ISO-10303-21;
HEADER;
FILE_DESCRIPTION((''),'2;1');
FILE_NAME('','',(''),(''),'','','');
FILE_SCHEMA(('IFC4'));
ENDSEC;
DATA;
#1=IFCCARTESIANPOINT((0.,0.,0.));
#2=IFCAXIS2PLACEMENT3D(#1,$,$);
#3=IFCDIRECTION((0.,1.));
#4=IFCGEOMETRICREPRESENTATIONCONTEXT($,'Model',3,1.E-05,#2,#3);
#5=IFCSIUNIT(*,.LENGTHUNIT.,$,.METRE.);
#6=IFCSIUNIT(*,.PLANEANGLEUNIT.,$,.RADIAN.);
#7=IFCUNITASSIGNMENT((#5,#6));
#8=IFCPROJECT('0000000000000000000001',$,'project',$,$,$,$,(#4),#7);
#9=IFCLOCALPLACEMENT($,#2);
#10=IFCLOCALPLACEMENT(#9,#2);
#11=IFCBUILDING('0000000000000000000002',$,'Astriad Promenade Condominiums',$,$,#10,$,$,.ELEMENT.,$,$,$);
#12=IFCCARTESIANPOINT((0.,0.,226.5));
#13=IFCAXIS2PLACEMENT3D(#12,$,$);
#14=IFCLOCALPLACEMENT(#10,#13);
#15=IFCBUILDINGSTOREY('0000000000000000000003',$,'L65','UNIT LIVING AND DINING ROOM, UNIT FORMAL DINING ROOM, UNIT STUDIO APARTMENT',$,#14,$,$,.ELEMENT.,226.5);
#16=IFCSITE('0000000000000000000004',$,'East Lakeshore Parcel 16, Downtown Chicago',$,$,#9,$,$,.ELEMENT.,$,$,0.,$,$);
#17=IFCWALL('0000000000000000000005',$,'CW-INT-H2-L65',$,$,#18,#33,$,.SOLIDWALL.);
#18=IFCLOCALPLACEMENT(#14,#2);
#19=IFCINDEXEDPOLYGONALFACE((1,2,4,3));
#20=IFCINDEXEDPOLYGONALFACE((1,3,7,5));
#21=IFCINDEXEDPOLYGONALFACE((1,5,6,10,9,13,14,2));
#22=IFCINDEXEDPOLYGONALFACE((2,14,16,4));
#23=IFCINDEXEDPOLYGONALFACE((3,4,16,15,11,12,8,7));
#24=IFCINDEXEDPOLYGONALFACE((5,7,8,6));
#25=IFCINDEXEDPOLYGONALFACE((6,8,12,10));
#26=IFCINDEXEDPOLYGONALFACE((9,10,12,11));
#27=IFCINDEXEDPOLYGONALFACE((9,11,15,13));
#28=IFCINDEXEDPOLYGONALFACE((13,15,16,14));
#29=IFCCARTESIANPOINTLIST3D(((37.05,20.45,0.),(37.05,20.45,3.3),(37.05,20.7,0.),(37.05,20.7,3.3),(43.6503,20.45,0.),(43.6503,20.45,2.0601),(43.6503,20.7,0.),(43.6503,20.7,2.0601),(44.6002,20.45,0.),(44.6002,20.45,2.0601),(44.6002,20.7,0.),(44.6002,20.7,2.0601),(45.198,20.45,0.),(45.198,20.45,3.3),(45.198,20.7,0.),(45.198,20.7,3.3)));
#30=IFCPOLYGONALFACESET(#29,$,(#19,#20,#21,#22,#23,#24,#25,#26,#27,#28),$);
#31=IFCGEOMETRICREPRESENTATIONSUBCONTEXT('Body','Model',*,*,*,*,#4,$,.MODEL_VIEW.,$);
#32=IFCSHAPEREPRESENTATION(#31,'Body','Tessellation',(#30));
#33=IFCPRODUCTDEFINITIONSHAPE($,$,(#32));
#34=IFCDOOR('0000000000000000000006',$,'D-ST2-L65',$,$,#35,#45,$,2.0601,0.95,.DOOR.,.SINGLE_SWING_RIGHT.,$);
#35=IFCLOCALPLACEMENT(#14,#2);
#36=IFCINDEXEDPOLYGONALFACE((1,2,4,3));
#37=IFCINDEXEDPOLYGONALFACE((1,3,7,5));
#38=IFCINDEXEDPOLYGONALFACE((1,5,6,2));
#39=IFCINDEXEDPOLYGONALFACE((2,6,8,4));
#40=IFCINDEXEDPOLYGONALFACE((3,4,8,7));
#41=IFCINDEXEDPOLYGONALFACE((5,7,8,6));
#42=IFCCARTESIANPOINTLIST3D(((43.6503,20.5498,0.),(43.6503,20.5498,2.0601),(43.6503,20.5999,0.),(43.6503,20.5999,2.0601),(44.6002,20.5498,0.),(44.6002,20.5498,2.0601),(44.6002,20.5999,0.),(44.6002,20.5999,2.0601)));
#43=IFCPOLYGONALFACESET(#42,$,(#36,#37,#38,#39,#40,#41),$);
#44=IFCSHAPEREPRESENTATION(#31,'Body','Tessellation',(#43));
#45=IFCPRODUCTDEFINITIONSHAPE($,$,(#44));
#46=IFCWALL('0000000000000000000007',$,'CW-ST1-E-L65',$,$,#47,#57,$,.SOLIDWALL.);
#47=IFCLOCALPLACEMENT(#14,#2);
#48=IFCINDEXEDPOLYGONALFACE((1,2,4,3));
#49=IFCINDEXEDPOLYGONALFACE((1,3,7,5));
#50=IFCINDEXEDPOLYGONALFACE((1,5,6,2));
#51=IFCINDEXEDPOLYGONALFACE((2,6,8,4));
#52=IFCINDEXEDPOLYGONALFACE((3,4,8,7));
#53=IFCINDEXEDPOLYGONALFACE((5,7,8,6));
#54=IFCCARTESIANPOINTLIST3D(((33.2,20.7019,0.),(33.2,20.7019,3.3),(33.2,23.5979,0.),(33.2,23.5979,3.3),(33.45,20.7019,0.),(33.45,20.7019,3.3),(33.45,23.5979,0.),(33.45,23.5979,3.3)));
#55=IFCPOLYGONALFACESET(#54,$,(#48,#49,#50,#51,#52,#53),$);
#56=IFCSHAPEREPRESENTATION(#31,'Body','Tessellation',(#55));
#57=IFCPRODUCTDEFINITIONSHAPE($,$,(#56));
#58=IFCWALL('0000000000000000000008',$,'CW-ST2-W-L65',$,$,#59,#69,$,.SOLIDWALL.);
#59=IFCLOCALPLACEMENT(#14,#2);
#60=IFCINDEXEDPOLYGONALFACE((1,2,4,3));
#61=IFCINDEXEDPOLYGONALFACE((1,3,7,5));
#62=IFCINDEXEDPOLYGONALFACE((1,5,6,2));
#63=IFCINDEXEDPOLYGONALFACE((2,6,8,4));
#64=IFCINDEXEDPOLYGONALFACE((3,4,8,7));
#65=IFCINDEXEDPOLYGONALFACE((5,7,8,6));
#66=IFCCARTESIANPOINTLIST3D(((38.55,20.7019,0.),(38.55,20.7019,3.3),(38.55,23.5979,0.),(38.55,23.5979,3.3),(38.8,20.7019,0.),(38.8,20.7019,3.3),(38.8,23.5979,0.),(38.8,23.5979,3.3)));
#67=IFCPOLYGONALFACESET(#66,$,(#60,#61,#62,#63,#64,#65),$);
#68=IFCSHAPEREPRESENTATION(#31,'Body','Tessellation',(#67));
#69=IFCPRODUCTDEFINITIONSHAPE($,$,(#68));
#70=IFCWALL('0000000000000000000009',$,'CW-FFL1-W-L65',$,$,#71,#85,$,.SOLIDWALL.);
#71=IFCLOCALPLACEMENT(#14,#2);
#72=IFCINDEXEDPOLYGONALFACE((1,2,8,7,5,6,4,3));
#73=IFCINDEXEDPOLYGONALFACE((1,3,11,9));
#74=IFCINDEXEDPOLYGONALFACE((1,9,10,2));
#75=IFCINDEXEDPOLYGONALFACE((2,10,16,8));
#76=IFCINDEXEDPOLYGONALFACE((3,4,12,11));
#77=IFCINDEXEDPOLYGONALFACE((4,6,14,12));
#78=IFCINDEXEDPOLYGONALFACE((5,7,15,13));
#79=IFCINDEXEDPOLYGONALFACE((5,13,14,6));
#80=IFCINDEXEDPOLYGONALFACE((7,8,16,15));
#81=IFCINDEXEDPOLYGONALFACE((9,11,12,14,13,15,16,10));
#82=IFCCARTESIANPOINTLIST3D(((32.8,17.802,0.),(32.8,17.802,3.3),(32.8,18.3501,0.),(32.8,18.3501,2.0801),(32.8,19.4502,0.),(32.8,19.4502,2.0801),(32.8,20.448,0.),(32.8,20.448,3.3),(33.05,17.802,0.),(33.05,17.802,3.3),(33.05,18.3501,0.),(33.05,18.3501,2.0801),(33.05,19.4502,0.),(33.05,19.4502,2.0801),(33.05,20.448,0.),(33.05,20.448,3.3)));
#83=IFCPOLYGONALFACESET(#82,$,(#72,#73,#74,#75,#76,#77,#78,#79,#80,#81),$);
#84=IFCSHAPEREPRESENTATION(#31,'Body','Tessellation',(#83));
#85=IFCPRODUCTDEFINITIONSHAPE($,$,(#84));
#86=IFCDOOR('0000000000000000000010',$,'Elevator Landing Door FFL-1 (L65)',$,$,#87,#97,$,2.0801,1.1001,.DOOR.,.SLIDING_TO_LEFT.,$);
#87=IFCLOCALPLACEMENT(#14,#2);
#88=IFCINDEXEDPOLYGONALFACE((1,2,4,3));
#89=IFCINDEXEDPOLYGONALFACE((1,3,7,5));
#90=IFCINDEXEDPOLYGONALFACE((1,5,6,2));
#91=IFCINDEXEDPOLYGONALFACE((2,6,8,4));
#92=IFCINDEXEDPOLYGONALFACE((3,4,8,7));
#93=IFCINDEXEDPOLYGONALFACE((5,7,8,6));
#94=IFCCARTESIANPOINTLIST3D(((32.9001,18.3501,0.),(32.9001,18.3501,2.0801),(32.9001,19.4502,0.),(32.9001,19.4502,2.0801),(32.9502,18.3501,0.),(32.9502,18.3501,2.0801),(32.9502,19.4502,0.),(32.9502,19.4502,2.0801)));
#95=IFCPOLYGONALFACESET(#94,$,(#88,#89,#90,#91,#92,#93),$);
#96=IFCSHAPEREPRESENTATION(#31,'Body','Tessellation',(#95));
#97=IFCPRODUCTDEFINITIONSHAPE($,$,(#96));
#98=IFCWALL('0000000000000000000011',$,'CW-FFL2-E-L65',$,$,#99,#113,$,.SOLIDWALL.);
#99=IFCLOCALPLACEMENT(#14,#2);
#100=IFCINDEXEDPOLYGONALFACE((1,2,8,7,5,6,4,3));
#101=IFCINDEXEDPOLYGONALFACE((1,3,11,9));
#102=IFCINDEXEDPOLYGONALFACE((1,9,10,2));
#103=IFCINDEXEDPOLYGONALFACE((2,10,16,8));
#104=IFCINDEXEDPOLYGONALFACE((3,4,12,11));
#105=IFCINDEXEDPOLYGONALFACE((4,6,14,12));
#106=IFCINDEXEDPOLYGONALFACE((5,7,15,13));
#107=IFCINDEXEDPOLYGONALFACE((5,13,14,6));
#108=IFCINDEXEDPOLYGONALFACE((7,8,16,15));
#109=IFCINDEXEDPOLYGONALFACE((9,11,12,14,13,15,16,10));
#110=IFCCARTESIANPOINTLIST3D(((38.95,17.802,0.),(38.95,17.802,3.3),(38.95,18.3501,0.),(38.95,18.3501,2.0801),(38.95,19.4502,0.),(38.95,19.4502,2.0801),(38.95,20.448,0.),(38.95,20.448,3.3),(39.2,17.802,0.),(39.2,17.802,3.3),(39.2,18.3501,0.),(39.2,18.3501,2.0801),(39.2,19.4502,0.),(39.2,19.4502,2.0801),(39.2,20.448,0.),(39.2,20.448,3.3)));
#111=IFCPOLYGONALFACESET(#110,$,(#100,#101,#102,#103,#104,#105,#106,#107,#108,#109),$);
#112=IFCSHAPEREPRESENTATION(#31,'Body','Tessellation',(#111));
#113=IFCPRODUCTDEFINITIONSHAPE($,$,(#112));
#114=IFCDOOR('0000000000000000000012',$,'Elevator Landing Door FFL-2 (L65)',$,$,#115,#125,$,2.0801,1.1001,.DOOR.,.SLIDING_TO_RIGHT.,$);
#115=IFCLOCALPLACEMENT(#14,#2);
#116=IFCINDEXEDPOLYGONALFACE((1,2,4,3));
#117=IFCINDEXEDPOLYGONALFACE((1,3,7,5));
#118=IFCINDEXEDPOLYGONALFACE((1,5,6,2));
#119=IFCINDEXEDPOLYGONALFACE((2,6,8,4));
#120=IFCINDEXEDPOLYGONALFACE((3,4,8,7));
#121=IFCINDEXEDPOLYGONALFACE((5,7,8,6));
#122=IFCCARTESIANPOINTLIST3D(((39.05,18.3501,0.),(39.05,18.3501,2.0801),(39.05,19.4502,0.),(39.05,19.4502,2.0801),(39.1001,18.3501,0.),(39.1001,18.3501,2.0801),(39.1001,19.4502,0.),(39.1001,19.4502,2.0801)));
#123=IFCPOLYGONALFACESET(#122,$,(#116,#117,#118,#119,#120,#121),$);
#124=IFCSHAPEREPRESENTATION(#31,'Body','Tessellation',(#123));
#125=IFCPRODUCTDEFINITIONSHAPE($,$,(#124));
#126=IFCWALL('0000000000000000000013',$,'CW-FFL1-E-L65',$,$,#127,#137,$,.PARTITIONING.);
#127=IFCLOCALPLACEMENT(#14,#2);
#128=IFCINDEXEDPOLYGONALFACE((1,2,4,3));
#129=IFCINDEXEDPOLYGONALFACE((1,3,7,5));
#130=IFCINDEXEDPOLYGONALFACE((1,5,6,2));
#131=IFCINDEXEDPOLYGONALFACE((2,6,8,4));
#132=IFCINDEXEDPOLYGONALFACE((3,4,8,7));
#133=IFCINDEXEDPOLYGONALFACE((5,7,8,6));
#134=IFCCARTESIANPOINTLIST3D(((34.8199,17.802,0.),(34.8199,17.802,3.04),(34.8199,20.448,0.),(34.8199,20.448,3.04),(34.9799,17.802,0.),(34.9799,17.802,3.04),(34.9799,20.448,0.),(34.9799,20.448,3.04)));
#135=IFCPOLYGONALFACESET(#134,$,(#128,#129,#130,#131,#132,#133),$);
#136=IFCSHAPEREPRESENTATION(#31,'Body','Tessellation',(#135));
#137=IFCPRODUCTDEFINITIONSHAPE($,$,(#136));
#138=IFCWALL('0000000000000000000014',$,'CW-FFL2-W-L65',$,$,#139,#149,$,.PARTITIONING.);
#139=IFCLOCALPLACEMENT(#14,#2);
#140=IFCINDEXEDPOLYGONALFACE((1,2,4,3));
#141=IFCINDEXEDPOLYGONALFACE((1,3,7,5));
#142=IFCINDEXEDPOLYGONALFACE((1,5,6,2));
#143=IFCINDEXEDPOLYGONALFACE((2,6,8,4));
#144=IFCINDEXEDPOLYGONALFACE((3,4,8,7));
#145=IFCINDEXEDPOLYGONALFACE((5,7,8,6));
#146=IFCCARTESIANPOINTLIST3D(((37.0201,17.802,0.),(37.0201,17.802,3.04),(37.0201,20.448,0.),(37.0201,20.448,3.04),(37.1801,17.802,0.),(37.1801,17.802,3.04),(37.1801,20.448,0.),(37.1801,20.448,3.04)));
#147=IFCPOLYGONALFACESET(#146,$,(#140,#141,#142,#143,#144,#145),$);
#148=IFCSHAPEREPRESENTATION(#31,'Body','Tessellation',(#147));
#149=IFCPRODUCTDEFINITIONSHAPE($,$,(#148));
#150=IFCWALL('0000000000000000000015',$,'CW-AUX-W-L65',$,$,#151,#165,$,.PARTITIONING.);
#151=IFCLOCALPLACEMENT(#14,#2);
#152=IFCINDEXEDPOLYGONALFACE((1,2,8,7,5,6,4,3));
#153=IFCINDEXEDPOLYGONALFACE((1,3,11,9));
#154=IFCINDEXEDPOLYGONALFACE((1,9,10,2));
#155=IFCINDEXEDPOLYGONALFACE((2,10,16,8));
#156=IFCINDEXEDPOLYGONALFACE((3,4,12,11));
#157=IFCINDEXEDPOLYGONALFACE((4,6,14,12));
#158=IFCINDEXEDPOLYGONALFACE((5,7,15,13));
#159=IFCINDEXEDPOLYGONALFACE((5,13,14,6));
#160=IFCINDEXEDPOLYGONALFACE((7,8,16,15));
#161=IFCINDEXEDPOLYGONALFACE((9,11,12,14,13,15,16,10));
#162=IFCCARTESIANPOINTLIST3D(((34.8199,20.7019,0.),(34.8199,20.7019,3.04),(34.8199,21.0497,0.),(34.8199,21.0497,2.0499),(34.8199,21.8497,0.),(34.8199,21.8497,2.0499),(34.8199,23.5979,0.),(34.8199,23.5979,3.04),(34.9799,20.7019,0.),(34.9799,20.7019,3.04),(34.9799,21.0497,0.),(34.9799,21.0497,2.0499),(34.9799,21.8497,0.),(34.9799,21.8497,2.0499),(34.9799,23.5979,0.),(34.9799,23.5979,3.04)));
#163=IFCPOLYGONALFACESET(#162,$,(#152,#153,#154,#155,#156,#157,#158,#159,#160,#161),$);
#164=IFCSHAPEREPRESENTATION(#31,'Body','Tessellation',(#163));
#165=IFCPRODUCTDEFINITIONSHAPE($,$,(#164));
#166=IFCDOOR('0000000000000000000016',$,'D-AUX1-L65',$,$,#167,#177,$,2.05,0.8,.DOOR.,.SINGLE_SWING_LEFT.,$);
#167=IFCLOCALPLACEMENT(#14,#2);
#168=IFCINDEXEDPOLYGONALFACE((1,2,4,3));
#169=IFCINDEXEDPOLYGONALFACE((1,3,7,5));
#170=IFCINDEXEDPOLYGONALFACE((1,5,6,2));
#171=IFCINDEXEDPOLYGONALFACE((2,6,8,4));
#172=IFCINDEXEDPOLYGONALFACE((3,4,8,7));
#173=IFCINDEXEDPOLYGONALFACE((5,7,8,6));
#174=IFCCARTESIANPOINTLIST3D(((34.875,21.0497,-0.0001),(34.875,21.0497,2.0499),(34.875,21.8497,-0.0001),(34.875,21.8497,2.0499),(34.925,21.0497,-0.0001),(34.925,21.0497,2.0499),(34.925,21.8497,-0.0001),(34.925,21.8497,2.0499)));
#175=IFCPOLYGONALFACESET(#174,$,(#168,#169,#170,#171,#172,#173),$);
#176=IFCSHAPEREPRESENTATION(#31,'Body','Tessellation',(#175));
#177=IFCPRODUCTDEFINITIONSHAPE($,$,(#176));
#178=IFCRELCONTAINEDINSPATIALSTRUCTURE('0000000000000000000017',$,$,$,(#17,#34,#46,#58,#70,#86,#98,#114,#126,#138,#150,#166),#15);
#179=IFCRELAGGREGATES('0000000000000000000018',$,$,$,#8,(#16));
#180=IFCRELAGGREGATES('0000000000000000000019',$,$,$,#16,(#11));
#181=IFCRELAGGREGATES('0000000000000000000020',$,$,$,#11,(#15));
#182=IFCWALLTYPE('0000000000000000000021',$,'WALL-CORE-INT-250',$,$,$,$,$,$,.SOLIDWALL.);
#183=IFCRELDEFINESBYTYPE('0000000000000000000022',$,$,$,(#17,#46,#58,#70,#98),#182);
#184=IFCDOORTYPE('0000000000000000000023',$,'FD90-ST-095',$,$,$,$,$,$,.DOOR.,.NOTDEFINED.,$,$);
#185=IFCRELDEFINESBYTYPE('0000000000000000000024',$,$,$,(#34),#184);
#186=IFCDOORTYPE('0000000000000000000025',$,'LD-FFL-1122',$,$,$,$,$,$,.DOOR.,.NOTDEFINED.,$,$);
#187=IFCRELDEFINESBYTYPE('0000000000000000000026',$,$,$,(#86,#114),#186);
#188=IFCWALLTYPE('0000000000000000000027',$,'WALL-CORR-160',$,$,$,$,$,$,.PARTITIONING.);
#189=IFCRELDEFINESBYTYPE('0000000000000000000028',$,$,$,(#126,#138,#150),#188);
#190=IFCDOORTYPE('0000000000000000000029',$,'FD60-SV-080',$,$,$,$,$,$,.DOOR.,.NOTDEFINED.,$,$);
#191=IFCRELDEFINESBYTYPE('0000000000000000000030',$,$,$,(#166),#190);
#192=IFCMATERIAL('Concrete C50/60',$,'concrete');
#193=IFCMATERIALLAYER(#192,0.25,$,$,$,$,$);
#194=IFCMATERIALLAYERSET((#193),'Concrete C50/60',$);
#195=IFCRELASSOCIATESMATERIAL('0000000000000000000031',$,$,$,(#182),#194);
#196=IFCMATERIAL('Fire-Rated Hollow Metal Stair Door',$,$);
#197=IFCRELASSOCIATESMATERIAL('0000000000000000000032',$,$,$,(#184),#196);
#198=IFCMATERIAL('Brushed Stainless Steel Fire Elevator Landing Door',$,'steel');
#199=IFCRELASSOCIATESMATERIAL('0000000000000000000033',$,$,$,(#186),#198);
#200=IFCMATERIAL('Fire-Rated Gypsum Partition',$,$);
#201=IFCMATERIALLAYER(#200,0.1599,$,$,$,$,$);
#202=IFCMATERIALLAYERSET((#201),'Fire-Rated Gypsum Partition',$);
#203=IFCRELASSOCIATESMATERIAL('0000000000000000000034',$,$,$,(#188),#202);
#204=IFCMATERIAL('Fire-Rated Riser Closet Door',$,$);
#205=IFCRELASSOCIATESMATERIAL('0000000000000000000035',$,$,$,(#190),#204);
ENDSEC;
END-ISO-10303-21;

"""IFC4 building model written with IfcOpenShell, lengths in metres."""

from ifc_helpers import new_model, si_unit, direction, frame, frame_2d, origin, place, context, subcontext, project, spatial, rectangle, extrude, source, transform, mapped, material, layer, layer_set, type_object, type_shapes, element, fill, save


model = new_model("IFC4")

# Units and contexts
model_context = context("Model", 3, precision=1e-05, world=origin(), true_north=direction((0.0, 1.0)))
body_context = subcontext(model_context, "Body", "Model", "MODEL_VIEW")
ifc_project = project(units=[si_unit("LENGTHUNIT", "METRE"), si_unit("PLANEANGLEUNIT", "RADIAN")], contexts=[model_context])

# Site, building, storey
site_placement = place(None, origin())
site = spatial("IfcSite", under=ifc_project, at=site_placement, Name="East Lakeshore Parcel 16, Downtown Chicago", CompositionType="ELEMENT", RefElevation=0.0)
building_placement = place(site_placement, origin())
building = spatial("IfcBuilding", under=site, at=building_placement, Name="Astriad Promenade Condominiums", CompositionType="ELEMENT")
storey_placement = place(building_placement, frame((0.0, 0.0, 226.5)))
storey = spatial("IfcBuildingStorey", under=building, at=storey_placement, Name="L65", Description="UNIT LIVING AND DINING ROOM, UNIT FORMAL DINING ROOM, UNIT STUDIO APARTMENT", CompositionType="ELEMENT", Elevation=226.5)

# Wall, opening, door
ifc_material_1 = material(Name="Concrete C50/60", Category="concrete")
ifc_layer_1 = layer(ifc_material_1, 0.25)
ifc_layer_set_1 = layer_set([ifc_layer_1], Name="Concrete C50/60")
wall_type_1 = type_object("IfcWallType", Name="WALL-CORE-INT-250", PredefinedType="SOLIDWALL", material=ifc_layer_set_1)
wall_1_placement = place(storey_placement, frame((37.05, 20.575, 0.0), z_axis=(0.0, 0.0, 1.0), x_axis=(1.0, 0.0, 0.0)))
wall_1 = element("IfcWall", 1, at=wall_1_placement, inside=storey, type_object=wall_type_1, Name="CW-INT-H2-L65", PredefinedType="SOLIDWALL", context=body_context, shape_type="SweptSolid", body=[
    extrude(rectangle(XDim=8.1479, YDim=0.25, at=frame_2d((4.074, 0.0))), origin(), (0.0, 0.0, 1.0), 3.3),
])
opening_1_placement = place(wall_1_placement, frame((6.6001, 0.0, 0.0)))
opening_1 = element("IfcOpeningElement", 2, at=opening_1_placement, cuts=wall_1, PredefinedType="OPENING", context=body_context, shape_type="SweptSolid", body=[
    extrude(rectangle(XDim=0.95, YDim=2.0601, at=frame_2d((0.4751, 1.03))), frame((0.0, 0.135, 0.0), z_axis=(0.0, -1.0, 0.0), x_axis=(1.0, 0.0, 0.0)), (0.0, 0.0, 1.0), 0.27),
])
ifc_material_2 = material(Name="Fire-Rated Hollow Metal Stair Door")
door_type_1 = type_object("IfcDoorType", Name="FD90-ST-095", OperationType="NOTDEFINED", PredefinedType="DOOR", material=ifc_material_2)
shared_shape_1 = source(origin(), body_context, "Body", "SweptSolid", [
    extrude(rectangle(XDim=0.95, YDim=2.0601, at=frame_2d((0.4751, 1.03))), frame((0.0, 0.0249, 0.0), z_axis=(0.0, -1.0, 0.0), x_axis=(1.0, 0.0, 0.0)), (0.0, 0.0, 1.0), 0.05),
])
type_shapes(door_type_1, [shared_shape_1])
door_1_placement = place(opening_1_placement, origin())
door_1 = element("IfcDoor", 3, at=door_1_placement, inside=storey, type_object=door_type_1, Name="D-ST2-L65", OperationType="SINGLE_SWING_RIGHT", OverallHeight=2.0601, OverallWidth=0.95, PredefinedType="DOOR", context=body_context, shape_type="MappedRepresentation", body=[
    mapped(shared_shape_1, transform((0.0, 0.0, 0.0), scale=1.0)),
])
fill(opening_1, door_1)

# Walls
for number, where, z_axis, x_axis, name in (
    (4, (33.325, 20.7019, 0.0), (0.0, 0.0, 1.0), (0.0, 1.0, 0.0), "CW-ST1-E-L65"),
    (5, (38.675, 20.7019, 0.0), (0.0, 0.0, 1.0), (0.0, 1.0, 0.0), "CW-ST2-W-L65"),
):
    element("IfcWall", number, at=place(storey_placement, frame(where, z_axis=z_axis, x_axis=x_axis)), inside=storey, type_object=wall_type_1, Name=name, PredefinedType="SOLIDWALL", context=body_context, shape_type="SweptSolid", body=[
        extrude(rectangle(XDim=2.896, YDim=0.25, at=frame_2d((1.448, 0.0))), origin(), (0.0, 0.0, 1.0), 3.3),
    ])

# Walls, openings, doors
wall_2_placement = place(storey_placement, frame((32.925, 17.802, 0.0), z_axis=(0.0, 0.0, 1.0), x_axis=(0.0, 1.0, 0.0)))
wall_2 = element("IfcWall", 6, at=wall_2_placement, inside=storey, type_object=wall_type_1, Name="CW-FFL1-W-L65", PredefinedType="SOLIDWALL", context=body_context, shape_type="SweptSolid", body=[
    extrude(rectangle(XDim=2.646, YDim=0.25, at=frame_2d((1.323, 0.0))), origin(), (0.0, 0.0, 1.0), 3.3),
])
opening_2_placement = place(wall_2_placement, frame((0.5481, 0.0, 0.0)))
opening_2 = element("IfcOpeningElement", 7, at=opening_2_placement, cuts=wall_2, PredefinedType="OPENING", context=body_context, shape_type="SweptSolid", body=[
    extrude(rectangle(XDim=1.1001, YDim=2.0801, at=frame_2d((0.55, 1.04))), frame((0.0, 0.135, 0.0), z_axis=(0.0, -1.0, 0.0), x_axis=(1.0, 0.0, 0.0)), (0.0, 0.0, 1.0), 0.27),
])
ifc_material_3 = material(Name="Brushed Stainless Steel Fire Elevator Landing Door", Category="steel")
door_type_2 = type_object("IfcDoorType", Name="LD-FFL-1122", OperationType="NOTDEFINED", PredefinedType="DOOR", material=ifc_material_3)
shared_shape_2 = source(origin(), body_context, "Body", "SweptSolid", [
    extrude(rectangle(XDim=1.1001, YDim=2.0801, at=frame_2d((0.55, 1.04))), frame((0.0, 0.0249, 0.0), z_axis=(0.0, -1.0, 0.0), x_axis=(1.0, 0.0, 0.0)), (0.0, 0.0, 1.0), 0.05),
])
type_shapes(door_type_2, [shared_shape_2])
door_2_placement = place(opening_2_placement, origin())
door_2 = element("IfcDoor", 8, at=door_2_placement, inside=storey, type_object=door_type_2, Name="Elevator Landing Door FFL-1 (L65)", OperationType="SLIDING_TO_LEFT", OverallHeight=2.0801, OverallWidth=1.1001, PredefinedType="DOOR", context=body_context, shape_type="MappedRepresentation", body=[
    mapped(shared_shape_2, transform((0.0, 0.0, 0.0), scale=1.0)),
])
fill(opening_2, door_2)
wall_3_placement = place(storey_placement, frame((39.075, 17.802, 0.0), z_axis=(0.0, 0.0, 1.0), x_axis=(0.0, 1.0, 0.0)))
wall_3 = element("IfcWall", 9, at=wall_3_placement, inside=storey, type_object=wall_type_1, Name="CW-FFL2-E-L65", PredefinedType="SOLIDWALL", context=body_context, shape_type="SweptSolid", body=[
    extrude(rectangle(XDim=2.646, YDim=0.25, at=frame_2d((1.323, 0.0))), origin(), (0.0, 0.0, 1.0), 3.3),
])
opening_3_placement = place(wall_3_placement, frame((0.5481, 0.0, 0.0)))
opening_3 = element("IfcOpeningElement", 10, at=opening_3_placement, cuts=wall_3, PredefinedType="OPENING", context=body_context, shape_type="SweptSolid", body=[
    extrude(rectangle(XDim=1.1001, YDim=2.0801, at=frame_2d((0.55, 1.04))), frame((0.0, 0.135, 0.0), z_axis=(0.0, -1.0, 0.0), x_axis=(1.0, 0.0, 0.0)), (0.0, 0.0, 1.0), 0.27),
])
door_3_placement = place(opening_3_placement, origin())
door_3 = element("IfcDoor", 11, at=door_3_placement, inside=storey, type_object=door_type_2, Name="Elevator Landing Door FFL-2 (L65)", OperationType="SLIDING_TO_RIGHT", OverallHeight=2.0801, OverallWidth=1.1001, PredefinedType="DOOR", context=body_context, shape_type="MappedRepresentation", body=[
    mapped(shared_shape_2, transform((0.0, 0.0, 0.0), scale=1.0)),
])
fill(opening_3, door_3)

# Walls
ifc_material_4 = material(Name="Fire-Rated Gypsum Partition")
ifc_layer_2 = layer(ifc_material_4, 0.1599)
ifc_layer_set_2 = layer_set([ifc_layer_2], Name="Fire-Rated Gypsum Partition")
wall_type_2 = type_object("IfcWallType", Name="WALL-CORR-160", PredefinedType="PARTITIONING", material=ifc_layer_set_2)
for number, where, z_axis, x_axis, name in (
    (12, (34.8999, 17.802, 0.0), (0.0, 0.0, 1.0), (0.0, 1.0, 0.0), "CW-FFL1-E-L65"),
    (13, (37.1001, 17.802, 0.0), (0.0, 0.0, 1.0), (0.0, 1.0, 0.0), "CW-FFL2-W-L65"),
):
    element("IfcWall", number, at=place(storey_placement, frame(where, z_axis=z_axis, x_axis=x_axis)), inside=storey, type_object=wall_type_2, Name=name, PredefinedType="PARTITIONING", context=body_context, shape_type="SweptSolid", body=[
        extrude(rectangle(XDim=2.646, YDim=0.1599, at=frame_2d((1.323, 0.0))), origin(), (0.0, 0.0, 1.0), 3.04),
    ])

# Wall, opening, door
wall_4_placement = place(storey_placement, frame((34.8999, 20.7019, 0.0), z_axis=(0.0, 0.0, 1.0), x_axis=(0.0, 1.0, 0.0)))
wall_4 = element("IfcWall", 14, at=wall_4_placement, inside=storey, type_object=wall_type_2, Name="CW-AUX-W-L65", PredefinedType="PARTITIONING", context=body_context, shape_type="SweptSolid", body=[
    extrude(rectangle(XDim=2.896, YDim=0.1599, at=frame_2d((1.448, 0.0))), origin(), (0.0, 0.0, 1.0), 3.04),
])
opening_4_placement = place(wall_4_placement, frame((0.3479, 0.0, 0.0)))
opening_4 = element("IfcOpeningElement", 15, at=opening_4_placement, cuts=wall_4, PredefinedType="OPENING", context=body_context, shape_type="SweptSolid", body=[
    extrude(rectangle(XDim=0.8, YDim=2.05, at=frame_2d((0.3999, 1.0249))), frame((0.0, 0.0898, 0.0), z_axis=(0.0, -1.0, 0.0), x_axis=(1.0, 0.0, 0.0)), (0.0, 0.0, 1.0), 0.1799),
])
ifc_material_5 = material(Name="Fire-Rated Riser Closet Door")
door_type_3 = type_object("IfcDoorType", Name="FD60-SV-080", OperationType="NOTDEFINED", PredefinedType="DOOR", material=ifc_material_5)
shared_shape_3 = source(origin(), body_context, "Body", "SweptSolid", [
    extrude(rectangle(XDim=0.8, YDim=2.05, at=frame_2d((0.3999, 1.0249))), frame((0.0, 0.0249, 0.0), z_axis=(0.0, -1.0, 0.0), x_axis=(1.0, 0.0, 0.0)), (0.0, 0.0, 1.0), 0.05),
])
type_shapes(door_type_3, [shared_shape_3])
door_4_placement = place(opening_4_placement, origin())
door_4 = element("IfcDoor", 16, at=door_4_placement, inside=storey, type_object=door_type_3, Name="D-AUX1-L65", OperationType="SINGLE_SWING_LEFT", OverallHeight=2.05, OverallWidth=0.8, PredefinedType="DOOR", context=body_context, shape_type="MappedRepresentation", body=[
    mapped(shared_shape_3, transform((0.0, 0.0, 0.0), scale=1.0)),
])
fill(opening_4, door_4)

save(model, "model.ifc")
